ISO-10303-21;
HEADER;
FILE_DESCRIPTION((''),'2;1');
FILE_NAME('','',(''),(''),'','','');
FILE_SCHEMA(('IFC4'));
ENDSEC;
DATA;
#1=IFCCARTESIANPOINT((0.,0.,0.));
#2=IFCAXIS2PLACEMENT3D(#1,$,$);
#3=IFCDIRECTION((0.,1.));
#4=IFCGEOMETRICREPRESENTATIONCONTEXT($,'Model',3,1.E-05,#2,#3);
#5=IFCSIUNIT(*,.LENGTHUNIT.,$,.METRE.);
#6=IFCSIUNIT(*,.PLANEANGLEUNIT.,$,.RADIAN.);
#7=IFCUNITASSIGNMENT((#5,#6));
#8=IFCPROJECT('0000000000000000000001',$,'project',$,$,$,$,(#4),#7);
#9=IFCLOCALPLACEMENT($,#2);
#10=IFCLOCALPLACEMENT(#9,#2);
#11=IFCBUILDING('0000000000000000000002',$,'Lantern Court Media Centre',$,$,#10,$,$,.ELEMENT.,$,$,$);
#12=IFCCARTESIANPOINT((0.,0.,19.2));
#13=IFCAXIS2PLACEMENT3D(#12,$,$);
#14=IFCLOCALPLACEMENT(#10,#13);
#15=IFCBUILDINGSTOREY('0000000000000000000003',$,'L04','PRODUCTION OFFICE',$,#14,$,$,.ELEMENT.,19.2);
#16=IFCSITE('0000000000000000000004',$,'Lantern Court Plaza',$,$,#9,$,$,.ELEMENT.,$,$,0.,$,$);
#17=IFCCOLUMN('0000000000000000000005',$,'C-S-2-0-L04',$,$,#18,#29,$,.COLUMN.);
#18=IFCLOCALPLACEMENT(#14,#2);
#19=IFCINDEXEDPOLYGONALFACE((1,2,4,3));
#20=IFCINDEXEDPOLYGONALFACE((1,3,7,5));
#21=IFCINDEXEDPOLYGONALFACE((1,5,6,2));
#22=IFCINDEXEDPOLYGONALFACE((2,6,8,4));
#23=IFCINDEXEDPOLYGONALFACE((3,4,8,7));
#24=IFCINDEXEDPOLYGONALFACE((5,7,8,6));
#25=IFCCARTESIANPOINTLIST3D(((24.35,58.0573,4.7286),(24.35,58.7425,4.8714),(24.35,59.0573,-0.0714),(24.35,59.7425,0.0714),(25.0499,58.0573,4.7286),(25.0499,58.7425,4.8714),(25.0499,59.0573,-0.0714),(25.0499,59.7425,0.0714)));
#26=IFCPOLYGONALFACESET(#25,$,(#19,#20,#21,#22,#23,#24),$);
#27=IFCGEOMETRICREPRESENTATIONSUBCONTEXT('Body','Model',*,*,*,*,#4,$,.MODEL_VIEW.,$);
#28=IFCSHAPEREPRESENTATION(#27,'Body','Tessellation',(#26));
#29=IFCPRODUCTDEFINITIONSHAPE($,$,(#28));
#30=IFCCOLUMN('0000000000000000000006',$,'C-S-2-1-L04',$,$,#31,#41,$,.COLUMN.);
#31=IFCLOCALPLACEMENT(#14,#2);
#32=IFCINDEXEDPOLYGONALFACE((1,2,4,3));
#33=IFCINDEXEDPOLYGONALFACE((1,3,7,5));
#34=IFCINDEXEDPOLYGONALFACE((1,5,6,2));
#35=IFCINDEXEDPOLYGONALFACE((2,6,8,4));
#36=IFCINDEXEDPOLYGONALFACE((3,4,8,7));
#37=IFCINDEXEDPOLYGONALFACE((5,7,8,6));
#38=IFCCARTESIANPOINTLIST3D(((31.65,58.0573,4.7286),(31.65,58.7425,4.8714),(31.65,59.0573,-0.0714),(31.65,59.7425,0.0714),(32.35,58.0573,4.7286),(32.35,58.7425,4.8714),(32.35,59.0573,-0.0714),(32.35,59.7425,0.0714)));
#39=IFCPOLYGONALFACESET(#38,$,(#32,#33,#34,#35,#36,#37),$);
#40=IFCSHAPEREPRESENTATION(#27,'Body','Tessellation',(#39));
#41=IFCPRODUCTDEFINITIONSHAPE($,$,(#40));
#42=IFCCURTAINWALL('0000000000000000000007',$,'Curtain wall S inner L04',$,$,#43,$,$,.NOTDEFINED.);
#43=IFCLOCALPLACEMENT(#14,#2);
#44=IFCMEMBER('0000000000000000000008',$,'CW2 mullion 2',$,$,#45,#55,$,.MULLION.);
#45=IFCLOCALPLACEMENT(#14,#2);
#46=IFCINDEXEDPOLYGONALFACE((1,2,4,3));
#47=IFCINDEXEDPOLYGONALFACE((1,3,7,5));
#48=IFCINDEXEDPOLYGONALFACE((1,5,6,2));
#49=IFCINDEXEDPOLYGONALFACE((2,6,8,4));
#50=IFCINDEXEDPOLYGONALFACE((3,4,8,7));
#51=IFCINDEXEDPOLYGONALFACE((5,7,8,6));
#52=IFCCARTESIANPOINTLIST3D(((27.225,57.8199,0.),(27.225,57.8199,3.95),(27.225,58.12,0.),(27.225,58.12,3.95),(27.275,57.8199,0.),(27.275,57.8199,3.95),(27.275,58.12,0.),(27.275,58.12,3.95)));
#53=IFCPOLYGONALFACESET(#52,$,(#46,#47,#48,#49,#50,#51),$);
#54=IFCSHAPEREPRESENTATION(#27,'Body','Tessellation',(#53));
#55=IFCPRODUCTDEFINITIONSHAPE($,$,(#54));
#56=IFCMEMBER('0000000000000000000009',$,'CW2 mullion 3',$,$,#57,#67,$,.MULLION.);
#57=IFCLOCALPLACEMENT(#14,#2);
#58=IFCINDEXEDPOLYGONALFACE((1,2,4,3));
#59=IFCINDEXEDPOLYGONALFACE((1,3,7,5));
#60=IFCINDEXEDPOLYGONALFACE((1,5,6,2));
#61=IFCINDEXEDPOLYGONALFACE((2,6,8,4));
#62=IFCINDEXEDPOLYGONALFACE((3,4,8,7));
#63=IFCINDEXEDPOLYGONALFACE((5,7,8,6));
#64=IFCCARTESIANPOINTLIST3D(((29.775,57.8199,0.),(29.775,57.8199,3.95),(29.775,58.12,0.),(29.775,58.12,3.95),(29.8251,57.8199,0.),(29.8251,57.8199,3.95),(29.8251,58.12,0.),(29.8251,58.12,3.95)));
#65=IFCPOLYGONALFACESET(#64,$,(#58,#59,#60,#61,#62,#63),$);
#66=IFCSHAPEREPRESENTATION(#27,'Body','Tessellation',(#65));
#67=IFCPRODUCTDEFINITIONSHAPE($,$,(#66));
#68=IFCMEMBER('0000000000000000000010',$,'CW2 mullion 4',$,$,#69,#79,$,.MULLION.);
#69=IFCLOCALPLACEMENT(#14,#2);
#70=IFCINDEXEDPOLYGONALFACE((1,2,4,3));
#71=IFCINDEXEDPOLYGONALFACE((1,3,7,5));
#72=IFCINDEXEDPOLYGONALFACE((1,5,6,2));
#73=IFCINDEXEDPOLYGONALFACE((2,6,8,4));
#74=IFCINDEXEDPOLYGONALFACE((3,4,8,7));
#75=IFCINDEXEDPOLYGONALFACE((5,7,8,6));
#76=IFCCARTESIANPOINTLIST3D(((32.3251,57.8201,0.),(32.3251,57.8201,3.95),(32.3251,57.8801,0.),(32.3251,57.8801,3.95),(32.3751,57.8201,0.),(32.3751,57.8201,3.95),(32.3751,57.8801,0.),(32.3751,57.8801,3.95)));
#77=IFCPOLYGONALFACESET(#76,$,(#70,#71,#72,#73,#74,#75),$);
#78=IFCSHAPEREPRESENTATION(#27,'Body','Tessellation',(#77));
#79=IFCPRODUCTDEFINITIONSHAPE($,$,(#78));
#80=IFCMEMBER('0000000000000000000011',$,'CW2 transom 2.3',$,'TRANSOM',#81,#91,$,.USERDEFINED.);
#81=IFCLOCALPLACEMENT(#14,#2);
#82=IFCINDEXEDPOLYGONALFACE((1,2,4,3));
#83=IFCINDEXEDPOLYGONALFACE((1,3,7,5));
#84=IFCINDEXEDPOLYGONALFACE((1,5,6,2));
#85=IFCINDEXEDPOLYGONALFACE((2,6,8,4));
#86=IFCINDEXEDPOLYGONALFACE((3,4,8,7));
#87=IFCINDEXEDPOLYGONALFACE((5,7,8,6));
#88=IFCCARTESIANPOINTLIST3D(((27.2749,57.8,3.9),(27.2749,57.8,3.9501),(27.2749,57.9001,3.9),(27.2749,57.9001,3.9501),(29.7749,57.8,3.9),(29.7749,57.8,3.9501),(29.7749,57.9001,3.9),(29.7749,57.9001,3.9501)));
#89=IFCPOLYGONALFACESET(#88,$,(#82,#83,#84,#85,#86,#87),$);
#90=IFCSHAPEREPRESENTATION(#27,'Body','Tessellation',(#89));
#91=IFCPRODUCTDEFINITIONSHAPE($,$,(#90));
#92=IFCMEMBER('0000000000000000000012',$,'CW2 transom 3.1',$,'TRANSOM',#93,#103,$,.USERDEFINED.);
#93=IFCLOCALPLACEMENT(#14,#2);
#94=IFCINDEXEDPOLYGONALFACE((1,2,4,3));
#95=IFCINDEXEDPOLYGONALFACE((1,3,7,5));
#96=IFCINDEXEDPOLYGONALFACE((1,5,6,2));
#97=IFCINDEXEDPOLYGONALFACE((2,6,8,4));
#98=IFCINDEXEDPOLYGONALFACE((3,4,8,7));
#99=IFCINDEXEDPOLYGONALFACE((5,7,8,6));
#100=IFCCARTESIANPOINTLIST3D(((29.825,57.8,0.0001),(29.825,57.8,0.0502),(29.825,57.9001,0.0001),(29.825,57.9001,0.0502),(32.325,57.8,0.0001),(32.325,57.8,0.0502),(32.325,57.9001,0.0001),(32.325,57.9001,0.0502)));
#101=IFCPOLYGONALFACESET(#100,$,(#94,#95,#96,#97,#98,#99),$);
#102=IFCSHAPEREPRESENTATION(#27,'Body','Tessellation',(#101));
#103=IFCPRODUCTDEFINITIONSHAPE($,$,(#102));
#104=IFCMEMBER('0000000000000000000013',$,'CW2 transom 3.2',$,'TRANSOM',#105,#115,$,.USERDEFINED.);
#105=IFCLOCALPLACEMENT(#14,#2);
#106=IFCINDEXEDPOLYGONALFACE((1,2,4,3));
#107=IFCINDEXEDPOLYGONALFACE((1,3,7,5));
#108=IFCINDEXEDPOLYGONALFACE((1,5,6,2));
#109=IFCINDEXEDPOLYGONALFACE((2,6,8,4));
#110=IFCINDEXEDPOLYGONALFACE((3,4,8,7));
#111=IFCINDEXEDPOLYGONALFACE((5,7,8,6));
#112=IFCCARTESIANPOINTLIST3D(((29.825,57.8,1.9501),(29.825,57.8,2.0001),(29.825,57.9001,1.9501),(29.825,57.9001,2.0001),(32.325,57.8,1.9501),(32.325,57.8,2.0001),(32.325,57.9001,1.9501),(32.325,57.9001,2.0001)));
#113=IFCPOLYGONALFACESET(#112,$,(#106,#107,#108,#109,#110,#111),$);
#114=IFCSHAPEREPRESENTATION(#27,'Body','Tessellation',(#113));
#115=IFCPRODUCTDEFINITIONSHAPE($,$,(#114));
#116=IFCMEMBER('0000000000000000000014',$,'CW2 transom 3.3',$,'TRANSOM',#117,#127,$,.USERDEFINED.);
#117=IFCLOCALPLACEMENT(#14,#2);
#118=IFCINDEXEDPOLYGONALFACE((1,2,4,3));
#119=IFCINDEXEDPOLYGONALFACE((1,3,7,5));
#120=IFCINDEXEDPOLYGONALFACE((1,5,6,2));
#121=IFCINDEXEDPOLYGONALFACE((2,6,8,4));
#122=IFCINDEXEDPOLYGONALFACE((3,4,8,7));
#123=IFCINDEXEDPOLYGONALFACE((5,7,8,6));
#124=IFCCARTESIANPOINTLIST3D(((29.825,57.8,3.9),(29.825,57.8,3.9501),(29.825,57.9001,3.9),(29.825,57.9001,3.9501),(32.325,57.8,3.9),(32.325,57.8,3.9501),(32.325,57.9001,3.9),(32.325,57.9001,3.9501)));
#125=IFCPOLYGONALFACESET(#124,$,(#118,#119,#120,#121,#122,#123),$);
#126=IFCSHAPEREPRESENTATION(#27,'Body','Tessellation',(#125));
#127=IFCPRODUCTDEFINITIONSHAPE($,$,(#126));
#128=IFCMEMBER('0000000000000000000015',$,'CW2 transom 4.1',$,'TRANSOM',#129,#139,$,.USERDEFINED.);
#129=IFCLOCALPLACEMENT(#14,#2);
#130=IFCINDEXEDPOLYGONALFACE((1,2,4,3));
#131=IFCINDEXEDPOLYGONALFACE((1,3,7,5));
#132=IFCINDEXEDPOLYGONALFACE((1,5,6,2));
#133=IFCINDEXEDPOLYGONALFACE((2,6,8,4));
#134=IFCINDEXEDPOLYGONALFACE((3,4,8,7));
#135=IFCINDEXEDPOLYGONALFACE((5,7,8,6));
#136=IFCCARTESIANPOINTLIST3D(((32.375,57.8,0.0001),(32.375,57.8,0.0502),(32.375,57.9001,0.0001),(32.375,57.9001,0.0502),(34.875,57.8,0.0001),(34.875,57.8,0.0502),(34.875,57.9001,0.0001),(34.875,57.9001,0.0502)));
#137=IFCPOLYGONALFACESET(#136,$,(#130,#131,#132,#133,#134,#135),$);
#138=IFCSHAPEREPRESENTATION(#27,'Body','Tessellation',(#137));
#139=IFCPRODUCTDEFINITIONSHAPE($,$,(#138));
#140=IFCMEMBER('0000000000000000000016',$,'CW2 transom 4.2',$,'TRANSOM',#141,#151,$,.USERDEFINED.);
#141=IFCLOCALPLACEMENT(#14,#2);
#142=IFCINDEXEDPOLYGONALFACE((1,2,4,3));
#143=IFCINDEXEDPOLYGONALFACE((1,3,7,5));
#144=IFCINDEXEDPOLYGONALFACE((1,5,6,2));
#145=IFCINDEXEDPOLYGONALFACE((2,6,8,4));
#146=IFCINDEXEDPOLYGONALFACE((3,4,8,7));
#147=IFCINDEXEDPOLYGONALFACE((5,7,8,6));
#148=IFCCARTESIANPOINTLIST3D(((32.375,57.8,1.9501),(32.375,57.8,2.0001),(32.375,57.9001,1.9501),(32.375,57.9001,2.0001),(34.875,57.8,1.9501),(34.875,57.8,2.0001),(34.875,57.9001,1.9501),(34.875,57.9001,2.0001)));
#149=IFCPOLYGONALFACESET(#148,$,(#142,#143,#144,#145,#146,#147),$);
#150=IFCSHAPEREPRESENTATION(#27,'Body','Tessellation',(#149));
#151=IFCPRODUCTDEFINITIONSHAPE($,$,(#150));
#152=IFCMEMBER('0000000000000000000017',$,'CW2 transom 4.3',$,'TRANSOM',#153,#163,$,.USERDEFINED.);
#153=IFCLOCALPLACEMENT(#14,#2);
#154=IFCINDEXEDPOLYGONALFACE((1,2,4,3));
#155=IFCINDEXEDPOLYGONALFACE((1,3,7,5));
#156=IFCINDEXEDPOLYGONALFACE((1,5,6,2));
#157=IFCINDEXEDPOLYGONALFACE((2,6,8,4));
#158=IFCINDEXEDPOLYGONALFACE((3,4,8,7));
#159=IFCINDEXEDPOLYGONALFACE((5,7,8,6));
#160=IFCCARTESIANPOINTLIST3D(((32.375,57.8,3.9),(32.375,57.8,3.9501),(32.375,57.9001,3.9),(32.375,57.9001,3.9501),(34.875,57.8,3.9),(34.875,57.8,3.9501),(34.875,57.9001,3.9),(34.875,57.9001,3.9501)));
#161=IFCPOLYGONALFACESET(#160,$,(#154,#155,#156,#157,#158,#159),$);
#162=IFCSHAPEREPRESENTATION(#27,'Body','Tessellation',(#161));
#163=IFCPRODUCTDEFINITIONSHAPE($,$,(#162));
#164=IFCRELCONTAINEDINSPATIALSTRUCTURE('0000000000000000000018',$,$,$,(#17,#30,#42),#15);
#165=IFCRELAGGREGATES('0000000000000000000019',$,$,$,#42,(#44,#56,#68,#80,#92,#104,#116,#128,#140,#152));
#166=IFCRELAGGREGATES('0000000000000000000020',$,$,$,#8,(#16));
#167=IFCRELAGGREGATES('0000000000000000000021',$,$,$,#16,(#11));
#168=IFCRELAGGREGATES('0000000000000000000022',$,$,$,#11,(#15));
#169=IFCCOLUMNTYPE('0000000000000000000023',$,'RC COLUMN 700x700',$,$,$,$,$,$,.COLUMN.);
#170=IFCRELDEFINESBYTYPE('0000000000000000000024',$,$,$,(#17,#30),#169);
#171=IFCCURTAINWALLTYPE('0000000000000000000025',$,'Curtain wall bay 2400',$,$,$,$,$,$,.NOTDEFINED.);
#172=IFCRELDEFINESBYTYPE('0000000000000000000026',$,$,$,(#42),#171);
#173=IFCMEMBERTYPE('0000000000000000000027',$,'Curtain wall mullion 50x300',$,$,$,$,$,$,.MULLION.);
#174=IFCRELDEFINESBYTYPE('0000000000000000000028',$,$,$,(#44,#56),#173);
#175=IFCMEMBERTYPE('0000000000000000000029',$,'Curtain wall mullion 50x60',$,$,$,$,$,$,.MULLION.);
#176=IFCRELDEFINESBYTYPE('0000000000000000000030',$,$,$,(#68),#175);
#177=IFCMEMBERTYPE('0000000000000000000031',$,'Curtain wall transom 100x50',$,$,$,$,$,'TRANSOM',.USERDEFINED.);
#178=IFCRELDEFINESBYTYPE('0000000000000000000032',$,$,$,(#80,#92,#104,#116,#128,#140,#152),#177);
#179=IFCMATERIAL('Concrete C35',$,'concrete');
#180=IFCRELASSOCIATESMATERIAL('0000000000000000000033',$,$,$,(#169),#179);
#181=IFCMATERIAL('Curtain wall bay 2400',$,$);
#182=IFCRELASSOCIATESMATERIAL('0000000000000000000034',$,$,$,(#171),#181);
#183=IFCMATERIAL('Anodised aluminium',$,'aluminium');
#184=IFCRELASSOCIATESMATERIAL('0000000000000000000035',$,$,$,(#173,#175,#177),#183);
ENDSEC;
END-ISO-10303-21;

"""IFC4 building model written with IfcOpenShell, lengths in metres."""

from ifc_helpers import new_model, si_unit, direction, frame, origin, origin_2d, place, context, subcontext, project, spatial, rectangle, extrude, material, material_profile, profile_set, type_object, element, aggregate, save


model = new_model("IFC4")

# Units and contexts
model_context = context("Model", 3, precision=1e-05, world=origin(), true_north=direction((0.0, 1.0)))
body_context = subcontext(model_context, "Body", "Model", "MODEL_VIEW")
ifc_project = project(units=[si_unit("LENGTHUNIT", "METRE"), si_unit("PLANEANGLEUNIT", "RADIAN")], contexts=[model_context])

# Site, building, storey
site_placement = place(None, origin())
site = spatial("IfcSite", under=ifc_project, at=site_placement, Name="Lantern Court Plaza", CompositionType="ELEMENT", RefElevation=0.0)
building_placement = place(site_placement, origin())
building = spatial("IfcBuilding", under=site, at=building_placement, Name="Lantern Court Media Centre", CompositionType="ELEMENT")
storey_placement = place(building_placement, frame((0.0, 0.0, 19.2)))
storey = spatial("IfcBuildingStorey", under=building, at=storey_placement, Name="L04", Description="PRODUCTION OFFICE", CompositionType="ELEMENT", Elevation=19.2)

# Columns
ifc_material_1 = material(Name="Concrete C35", Category="concrete")
ifc_material_profile_1 = material_profile(ifc_material_1, rectangle(XDim=0.7, YDim=0.7, at=origin_2d()), Name="RC 700x700")
ifc_profile_set_1 = profile_set([ifc_material_profile_1], Name="Concrete C35")
column_type = type_object("IfcColumnType", Name="RC COLUMN 700x700", PredefinedType="COLUMN", material=ifc_profile_set_1)
for number, where, z_axis, x_axis, name in (
    (1, (24.7, 59.3999, 0.0), (0.0, -0.203952, 0.978981), (1.0, 0.0, 0.0), "C-S-2-0-L04"),
    (2, (32.0, 59.3999, 0.0), (0.0, -0.203952, 0.978981), (1.0, 0.0, 0.0), "C-S-2-1-L04"),
):
    element("IfcColumn", number, at=place(storey_placement, frame(where, z_axis=z_axis, x_axis=x_axis)), inside=storey, type_object=column_type, Name=name, PredefinedType="COLUMN", context=body_context, shape_type="SweptSolid", body=[
        extrude(rectangle(XDim=0.7, YDim=0.7, at=origin_2d()), origin(), (0.0, 0.0, 1.0), 4.9031),
    ])

# Curtain wall, members
ifc_material_2 = material(Name="Curtain wall bay 2400")
curtain_wall_type = type_object("IfcCurtainWallType", Name="Curtain wall bay 2400", PredefinedType="NOTDEFINED", material=ifc_material_2)
curtain_wall_placement = place(storey_placement, origin())
curtain_wall = element("IfcCurtainWall", 3, at=curtain_wall_placement, inside=storey, type_object=curtain_wall_type, Name="Curtain wall S inner L04", PredefinedType="NOTDEFINED")
ifc_material_3 = material(Name="Anodised aluminium", Category="aluminium")
ifc_material_profile_2 = material_profile(ifc_material_3, rectangle(XDim=0.3, YDim=0.05, at=origin_2d()), Name="AL 50x300")
ifc_profile_set_2 = profile_set([ifc_material_profile_2], Name="Anodised aluminium")
member_type_1 = type_object("IfcMemberType", Name="Curtain wall mullion 50x300", PredefinedType="MULLION", material=ifc_profile_set_2)
member_1_placement = place(storey_placement, frame((27.25, 57.97, 0.0), z_axis=(0.0, 0.0, 1.0), x_axis=(0.0, 1.0, 0.0)))
member_1 = element("IfcMember", 4, at=member_1_placement, type_object=member_type_1, Name="CW2 mullion 2", PredefinedType="MULLION", context=body_context, shape_type="SweptSolid", body=[
    extrude(rectangle(XDim=0.3, YDim=0.05, at=origin_2d()), origin(), (0.0, 0.0, 1.0), 3.95),
])
member_2_placement = place(storey_placement, frame((29.8, 57.97, 0.0), z_axis=(0.0, 0.0, 1.0), x_axis=(0.0, 1.0, 0.0)))
member_2 = element("IfcMember", 5, at=member_2_placement, type_object=member_type_1, Name="CW2 mullion 3", PredefinedType="MULLION", context=body_context, shape_type="SweptSolid", body=[
    extrude(rectangle(XDim=0.3, YDim=0.05, at=origin_2d()), origin(), (0.0, 0.0, 1.0), 3.95),
])
ifc_material_profile_3 = material_profile(ifc_material_3, rectangle(XDim=0.0601, YDim=0.05, at=origin_2d()), Name="AL 50x60")
ifc_profile_set_3 = profile_set([ifc_material_profile_3], Name="Anodised aluminium")
member_type_2 = type_object("IfcMemberType", Name="Curtain wall mullion 50x60", PredefinedType="MULLION", material=ifc_profile_set_3)
member_3_placement = place(storey_placement, frame((32.3501, 57.8501, 0.0), z_axis=(0.0, 0.0, 1.0), x_axis=(0.0, 1.0, 0.0)))
member_3 = element("IfcMember", 6, at=member_3_placement, type_object=member_type_2, Name="CW2 mullion 4", PredefinedType="MULLION", context=body_context, shape_type="SweptSolid", body=[
    extrude(rectangle(XDim=0.0601, YDim=0.05, at=origin_2d()), origin(), (0.0, 0.0, 1.0), 3.95),
])
ifc_material_profile_4 = material_profile(ifc_material_3, rectangle(XDim=0.1001, YDim=0.05, at=origin_2d()), Name="AL 50x100")
ifc_profile_set_4 = profile_set([ifc_material_profile_4], Name="Anodised aluminium")
member_type_3 = type_object("IfcMemberType", Name="Curtain wall transom 100x50", ElementType="TRANSOM", PredefinedType="USERDEFINED", material=ifc_profile_set_4)
member_4_placement = place(storey_placement, frame((27.2749, 57.8501, 3.925), z_axis=(1.0, 0.0, 0.0), x_axis=(0.0, 1.0, 0.0)))
member_4 = element("IfcMember", 7, at=member_4_placement, type_object=member_type_3, Name="CW2 transom 2.3", ObjectType="TRANSOM", PredefinedType="USERDEFINED", context=body_context, shape_type="SweptSolid", body=[
    extrude(rectangle(XDim=0.1001, YDim=0.05, at=origin_2d()), origin(), (0.0, 0.0, 1.0), 2.5),
])
member_5_placement = place(storey_placement, frame((29.825, 57.8501, 0.0251), z_axis=(1.0, 0.0, 0.0), x_axis=(0.0, 1.0, 0.0)))
member_5 = element("IfcMember", 8, at=member_5_placement, type_object=member_type_3, Name="CW2 transom 3.1", ObjectType="TRANSOM", PredefinedType="USERDEFINED", context=body_context, shape_type="SweptSolid", body=[
    extrude(rectangle(XDim=0.1001, YDim=0.05, at=origin_2d()), origin(), (0.0, 0.0, 1.0), 2.5),
])
member_6_placement = place(storey_placement, frame((29.825, 57.8501, 1.9751), z_axis=(1.0, 0.0, 0.0), x_axis=(0.0, 1.0, 0.0)))
member_6 = element("IfcMember", 9, at=member_6_placement, type_object=member_type_3, Name="CW2 transom 3.2", ObjectType="TRANSOM", PredefinedType="USERDEFINED", context=body_context, shape_type="SweptSolid", body=[
    extrude(rectangle(XDim=0.1001, YDim=0.05, at=origin_2d()), origin(), (0.0, 0.0, 1.0), 2.5),
])
member_7_placement = place(storey_placement, frame((29.825, 57.8501, 3.925), z_axis=(1.0, 0.0, 0.0), x_axis=(0.0, 1.0, 0.0)))
member_7 = element("IfcMember", 10, at=member_7_placement, type_object=member_type_3, Name="CW2 transom 3.3", ObjectType="TRANSOM", PredefinedType="USERDEFINED", context=body_context, shape_type="SweptSolid", body=[
    extrude(rectangle(XDim=0.1001, YDim=0.05, at=origin_2d()), origin(), (0.0, 0.0, 1.0), 2.5),
])
member_8_placement = place(storey_placement, frame((32.375, 57.8501, 0.0251), z_axis=(1.0, 0.0, 0.0), x_axis=(0.0, 1.0, 0.0)))
member_8 = element("IfcMember", 11, at=member_8_placement, type_object=member_type_3, Name="CW2 transom 4.1", ObjectType="TRANSOM", PredefinedType="USERDEFINED", context=body_context, shape_type="SweptSolid", body=[
    extrude(rectangle(XDim=0.1001, YDim=0.05, at=origin_2d()), origin(), (0.0, 0.0, 1.0), 2.5),
])
member_9_placement = place(storey_placement, frame((32.375, 57.8501, 1.9751), z_axis=(1.0, 0.0, 0.0), x_axis=(0.0, 1.0, 0.0)))
member_9 = element("IfcMember", 12, at=member_9_placement, type_object=member_type_3, Name="CW2 transom 4.2", ObjectType="TRANSOM", PredefinedType="USERDEFINED", context=body_context, shape_type="SweptSolid", body=[
    extrude(rectangle(XDim=0.1001, YDim=0.05, at=origin_2d()), origin(), (0.0, 0.0, 1.0), 2.5),
])
member_10_placement = place(storey_placement, frame((32.375, 57.8501, 3.925), z_axis=(1.0, 0.0, 0.0), x_axis=(0.0, 1.0, 0.0)))
member_10 = element("IfcMember", 13, at=member_10_placement, type_object=member_type_3, Name="CW2 transom 4.3", ObjectType="TRANSOM", PredefinedType="USERDEFINED", context=body_context, shape_type="SweptSolid", body=[
    extrude(rectangle(XDim=0.1001, YDim=0.05, at=origin_2d()), origin(), (0.0, 0.0, 1.0), 2.5),
])

aggregate(curtain_wall, [member_1, member_2, member_3, member_4, member_5, member_6, member_7, member_8, member_9, member_10])

save(model, "model.ifc")
